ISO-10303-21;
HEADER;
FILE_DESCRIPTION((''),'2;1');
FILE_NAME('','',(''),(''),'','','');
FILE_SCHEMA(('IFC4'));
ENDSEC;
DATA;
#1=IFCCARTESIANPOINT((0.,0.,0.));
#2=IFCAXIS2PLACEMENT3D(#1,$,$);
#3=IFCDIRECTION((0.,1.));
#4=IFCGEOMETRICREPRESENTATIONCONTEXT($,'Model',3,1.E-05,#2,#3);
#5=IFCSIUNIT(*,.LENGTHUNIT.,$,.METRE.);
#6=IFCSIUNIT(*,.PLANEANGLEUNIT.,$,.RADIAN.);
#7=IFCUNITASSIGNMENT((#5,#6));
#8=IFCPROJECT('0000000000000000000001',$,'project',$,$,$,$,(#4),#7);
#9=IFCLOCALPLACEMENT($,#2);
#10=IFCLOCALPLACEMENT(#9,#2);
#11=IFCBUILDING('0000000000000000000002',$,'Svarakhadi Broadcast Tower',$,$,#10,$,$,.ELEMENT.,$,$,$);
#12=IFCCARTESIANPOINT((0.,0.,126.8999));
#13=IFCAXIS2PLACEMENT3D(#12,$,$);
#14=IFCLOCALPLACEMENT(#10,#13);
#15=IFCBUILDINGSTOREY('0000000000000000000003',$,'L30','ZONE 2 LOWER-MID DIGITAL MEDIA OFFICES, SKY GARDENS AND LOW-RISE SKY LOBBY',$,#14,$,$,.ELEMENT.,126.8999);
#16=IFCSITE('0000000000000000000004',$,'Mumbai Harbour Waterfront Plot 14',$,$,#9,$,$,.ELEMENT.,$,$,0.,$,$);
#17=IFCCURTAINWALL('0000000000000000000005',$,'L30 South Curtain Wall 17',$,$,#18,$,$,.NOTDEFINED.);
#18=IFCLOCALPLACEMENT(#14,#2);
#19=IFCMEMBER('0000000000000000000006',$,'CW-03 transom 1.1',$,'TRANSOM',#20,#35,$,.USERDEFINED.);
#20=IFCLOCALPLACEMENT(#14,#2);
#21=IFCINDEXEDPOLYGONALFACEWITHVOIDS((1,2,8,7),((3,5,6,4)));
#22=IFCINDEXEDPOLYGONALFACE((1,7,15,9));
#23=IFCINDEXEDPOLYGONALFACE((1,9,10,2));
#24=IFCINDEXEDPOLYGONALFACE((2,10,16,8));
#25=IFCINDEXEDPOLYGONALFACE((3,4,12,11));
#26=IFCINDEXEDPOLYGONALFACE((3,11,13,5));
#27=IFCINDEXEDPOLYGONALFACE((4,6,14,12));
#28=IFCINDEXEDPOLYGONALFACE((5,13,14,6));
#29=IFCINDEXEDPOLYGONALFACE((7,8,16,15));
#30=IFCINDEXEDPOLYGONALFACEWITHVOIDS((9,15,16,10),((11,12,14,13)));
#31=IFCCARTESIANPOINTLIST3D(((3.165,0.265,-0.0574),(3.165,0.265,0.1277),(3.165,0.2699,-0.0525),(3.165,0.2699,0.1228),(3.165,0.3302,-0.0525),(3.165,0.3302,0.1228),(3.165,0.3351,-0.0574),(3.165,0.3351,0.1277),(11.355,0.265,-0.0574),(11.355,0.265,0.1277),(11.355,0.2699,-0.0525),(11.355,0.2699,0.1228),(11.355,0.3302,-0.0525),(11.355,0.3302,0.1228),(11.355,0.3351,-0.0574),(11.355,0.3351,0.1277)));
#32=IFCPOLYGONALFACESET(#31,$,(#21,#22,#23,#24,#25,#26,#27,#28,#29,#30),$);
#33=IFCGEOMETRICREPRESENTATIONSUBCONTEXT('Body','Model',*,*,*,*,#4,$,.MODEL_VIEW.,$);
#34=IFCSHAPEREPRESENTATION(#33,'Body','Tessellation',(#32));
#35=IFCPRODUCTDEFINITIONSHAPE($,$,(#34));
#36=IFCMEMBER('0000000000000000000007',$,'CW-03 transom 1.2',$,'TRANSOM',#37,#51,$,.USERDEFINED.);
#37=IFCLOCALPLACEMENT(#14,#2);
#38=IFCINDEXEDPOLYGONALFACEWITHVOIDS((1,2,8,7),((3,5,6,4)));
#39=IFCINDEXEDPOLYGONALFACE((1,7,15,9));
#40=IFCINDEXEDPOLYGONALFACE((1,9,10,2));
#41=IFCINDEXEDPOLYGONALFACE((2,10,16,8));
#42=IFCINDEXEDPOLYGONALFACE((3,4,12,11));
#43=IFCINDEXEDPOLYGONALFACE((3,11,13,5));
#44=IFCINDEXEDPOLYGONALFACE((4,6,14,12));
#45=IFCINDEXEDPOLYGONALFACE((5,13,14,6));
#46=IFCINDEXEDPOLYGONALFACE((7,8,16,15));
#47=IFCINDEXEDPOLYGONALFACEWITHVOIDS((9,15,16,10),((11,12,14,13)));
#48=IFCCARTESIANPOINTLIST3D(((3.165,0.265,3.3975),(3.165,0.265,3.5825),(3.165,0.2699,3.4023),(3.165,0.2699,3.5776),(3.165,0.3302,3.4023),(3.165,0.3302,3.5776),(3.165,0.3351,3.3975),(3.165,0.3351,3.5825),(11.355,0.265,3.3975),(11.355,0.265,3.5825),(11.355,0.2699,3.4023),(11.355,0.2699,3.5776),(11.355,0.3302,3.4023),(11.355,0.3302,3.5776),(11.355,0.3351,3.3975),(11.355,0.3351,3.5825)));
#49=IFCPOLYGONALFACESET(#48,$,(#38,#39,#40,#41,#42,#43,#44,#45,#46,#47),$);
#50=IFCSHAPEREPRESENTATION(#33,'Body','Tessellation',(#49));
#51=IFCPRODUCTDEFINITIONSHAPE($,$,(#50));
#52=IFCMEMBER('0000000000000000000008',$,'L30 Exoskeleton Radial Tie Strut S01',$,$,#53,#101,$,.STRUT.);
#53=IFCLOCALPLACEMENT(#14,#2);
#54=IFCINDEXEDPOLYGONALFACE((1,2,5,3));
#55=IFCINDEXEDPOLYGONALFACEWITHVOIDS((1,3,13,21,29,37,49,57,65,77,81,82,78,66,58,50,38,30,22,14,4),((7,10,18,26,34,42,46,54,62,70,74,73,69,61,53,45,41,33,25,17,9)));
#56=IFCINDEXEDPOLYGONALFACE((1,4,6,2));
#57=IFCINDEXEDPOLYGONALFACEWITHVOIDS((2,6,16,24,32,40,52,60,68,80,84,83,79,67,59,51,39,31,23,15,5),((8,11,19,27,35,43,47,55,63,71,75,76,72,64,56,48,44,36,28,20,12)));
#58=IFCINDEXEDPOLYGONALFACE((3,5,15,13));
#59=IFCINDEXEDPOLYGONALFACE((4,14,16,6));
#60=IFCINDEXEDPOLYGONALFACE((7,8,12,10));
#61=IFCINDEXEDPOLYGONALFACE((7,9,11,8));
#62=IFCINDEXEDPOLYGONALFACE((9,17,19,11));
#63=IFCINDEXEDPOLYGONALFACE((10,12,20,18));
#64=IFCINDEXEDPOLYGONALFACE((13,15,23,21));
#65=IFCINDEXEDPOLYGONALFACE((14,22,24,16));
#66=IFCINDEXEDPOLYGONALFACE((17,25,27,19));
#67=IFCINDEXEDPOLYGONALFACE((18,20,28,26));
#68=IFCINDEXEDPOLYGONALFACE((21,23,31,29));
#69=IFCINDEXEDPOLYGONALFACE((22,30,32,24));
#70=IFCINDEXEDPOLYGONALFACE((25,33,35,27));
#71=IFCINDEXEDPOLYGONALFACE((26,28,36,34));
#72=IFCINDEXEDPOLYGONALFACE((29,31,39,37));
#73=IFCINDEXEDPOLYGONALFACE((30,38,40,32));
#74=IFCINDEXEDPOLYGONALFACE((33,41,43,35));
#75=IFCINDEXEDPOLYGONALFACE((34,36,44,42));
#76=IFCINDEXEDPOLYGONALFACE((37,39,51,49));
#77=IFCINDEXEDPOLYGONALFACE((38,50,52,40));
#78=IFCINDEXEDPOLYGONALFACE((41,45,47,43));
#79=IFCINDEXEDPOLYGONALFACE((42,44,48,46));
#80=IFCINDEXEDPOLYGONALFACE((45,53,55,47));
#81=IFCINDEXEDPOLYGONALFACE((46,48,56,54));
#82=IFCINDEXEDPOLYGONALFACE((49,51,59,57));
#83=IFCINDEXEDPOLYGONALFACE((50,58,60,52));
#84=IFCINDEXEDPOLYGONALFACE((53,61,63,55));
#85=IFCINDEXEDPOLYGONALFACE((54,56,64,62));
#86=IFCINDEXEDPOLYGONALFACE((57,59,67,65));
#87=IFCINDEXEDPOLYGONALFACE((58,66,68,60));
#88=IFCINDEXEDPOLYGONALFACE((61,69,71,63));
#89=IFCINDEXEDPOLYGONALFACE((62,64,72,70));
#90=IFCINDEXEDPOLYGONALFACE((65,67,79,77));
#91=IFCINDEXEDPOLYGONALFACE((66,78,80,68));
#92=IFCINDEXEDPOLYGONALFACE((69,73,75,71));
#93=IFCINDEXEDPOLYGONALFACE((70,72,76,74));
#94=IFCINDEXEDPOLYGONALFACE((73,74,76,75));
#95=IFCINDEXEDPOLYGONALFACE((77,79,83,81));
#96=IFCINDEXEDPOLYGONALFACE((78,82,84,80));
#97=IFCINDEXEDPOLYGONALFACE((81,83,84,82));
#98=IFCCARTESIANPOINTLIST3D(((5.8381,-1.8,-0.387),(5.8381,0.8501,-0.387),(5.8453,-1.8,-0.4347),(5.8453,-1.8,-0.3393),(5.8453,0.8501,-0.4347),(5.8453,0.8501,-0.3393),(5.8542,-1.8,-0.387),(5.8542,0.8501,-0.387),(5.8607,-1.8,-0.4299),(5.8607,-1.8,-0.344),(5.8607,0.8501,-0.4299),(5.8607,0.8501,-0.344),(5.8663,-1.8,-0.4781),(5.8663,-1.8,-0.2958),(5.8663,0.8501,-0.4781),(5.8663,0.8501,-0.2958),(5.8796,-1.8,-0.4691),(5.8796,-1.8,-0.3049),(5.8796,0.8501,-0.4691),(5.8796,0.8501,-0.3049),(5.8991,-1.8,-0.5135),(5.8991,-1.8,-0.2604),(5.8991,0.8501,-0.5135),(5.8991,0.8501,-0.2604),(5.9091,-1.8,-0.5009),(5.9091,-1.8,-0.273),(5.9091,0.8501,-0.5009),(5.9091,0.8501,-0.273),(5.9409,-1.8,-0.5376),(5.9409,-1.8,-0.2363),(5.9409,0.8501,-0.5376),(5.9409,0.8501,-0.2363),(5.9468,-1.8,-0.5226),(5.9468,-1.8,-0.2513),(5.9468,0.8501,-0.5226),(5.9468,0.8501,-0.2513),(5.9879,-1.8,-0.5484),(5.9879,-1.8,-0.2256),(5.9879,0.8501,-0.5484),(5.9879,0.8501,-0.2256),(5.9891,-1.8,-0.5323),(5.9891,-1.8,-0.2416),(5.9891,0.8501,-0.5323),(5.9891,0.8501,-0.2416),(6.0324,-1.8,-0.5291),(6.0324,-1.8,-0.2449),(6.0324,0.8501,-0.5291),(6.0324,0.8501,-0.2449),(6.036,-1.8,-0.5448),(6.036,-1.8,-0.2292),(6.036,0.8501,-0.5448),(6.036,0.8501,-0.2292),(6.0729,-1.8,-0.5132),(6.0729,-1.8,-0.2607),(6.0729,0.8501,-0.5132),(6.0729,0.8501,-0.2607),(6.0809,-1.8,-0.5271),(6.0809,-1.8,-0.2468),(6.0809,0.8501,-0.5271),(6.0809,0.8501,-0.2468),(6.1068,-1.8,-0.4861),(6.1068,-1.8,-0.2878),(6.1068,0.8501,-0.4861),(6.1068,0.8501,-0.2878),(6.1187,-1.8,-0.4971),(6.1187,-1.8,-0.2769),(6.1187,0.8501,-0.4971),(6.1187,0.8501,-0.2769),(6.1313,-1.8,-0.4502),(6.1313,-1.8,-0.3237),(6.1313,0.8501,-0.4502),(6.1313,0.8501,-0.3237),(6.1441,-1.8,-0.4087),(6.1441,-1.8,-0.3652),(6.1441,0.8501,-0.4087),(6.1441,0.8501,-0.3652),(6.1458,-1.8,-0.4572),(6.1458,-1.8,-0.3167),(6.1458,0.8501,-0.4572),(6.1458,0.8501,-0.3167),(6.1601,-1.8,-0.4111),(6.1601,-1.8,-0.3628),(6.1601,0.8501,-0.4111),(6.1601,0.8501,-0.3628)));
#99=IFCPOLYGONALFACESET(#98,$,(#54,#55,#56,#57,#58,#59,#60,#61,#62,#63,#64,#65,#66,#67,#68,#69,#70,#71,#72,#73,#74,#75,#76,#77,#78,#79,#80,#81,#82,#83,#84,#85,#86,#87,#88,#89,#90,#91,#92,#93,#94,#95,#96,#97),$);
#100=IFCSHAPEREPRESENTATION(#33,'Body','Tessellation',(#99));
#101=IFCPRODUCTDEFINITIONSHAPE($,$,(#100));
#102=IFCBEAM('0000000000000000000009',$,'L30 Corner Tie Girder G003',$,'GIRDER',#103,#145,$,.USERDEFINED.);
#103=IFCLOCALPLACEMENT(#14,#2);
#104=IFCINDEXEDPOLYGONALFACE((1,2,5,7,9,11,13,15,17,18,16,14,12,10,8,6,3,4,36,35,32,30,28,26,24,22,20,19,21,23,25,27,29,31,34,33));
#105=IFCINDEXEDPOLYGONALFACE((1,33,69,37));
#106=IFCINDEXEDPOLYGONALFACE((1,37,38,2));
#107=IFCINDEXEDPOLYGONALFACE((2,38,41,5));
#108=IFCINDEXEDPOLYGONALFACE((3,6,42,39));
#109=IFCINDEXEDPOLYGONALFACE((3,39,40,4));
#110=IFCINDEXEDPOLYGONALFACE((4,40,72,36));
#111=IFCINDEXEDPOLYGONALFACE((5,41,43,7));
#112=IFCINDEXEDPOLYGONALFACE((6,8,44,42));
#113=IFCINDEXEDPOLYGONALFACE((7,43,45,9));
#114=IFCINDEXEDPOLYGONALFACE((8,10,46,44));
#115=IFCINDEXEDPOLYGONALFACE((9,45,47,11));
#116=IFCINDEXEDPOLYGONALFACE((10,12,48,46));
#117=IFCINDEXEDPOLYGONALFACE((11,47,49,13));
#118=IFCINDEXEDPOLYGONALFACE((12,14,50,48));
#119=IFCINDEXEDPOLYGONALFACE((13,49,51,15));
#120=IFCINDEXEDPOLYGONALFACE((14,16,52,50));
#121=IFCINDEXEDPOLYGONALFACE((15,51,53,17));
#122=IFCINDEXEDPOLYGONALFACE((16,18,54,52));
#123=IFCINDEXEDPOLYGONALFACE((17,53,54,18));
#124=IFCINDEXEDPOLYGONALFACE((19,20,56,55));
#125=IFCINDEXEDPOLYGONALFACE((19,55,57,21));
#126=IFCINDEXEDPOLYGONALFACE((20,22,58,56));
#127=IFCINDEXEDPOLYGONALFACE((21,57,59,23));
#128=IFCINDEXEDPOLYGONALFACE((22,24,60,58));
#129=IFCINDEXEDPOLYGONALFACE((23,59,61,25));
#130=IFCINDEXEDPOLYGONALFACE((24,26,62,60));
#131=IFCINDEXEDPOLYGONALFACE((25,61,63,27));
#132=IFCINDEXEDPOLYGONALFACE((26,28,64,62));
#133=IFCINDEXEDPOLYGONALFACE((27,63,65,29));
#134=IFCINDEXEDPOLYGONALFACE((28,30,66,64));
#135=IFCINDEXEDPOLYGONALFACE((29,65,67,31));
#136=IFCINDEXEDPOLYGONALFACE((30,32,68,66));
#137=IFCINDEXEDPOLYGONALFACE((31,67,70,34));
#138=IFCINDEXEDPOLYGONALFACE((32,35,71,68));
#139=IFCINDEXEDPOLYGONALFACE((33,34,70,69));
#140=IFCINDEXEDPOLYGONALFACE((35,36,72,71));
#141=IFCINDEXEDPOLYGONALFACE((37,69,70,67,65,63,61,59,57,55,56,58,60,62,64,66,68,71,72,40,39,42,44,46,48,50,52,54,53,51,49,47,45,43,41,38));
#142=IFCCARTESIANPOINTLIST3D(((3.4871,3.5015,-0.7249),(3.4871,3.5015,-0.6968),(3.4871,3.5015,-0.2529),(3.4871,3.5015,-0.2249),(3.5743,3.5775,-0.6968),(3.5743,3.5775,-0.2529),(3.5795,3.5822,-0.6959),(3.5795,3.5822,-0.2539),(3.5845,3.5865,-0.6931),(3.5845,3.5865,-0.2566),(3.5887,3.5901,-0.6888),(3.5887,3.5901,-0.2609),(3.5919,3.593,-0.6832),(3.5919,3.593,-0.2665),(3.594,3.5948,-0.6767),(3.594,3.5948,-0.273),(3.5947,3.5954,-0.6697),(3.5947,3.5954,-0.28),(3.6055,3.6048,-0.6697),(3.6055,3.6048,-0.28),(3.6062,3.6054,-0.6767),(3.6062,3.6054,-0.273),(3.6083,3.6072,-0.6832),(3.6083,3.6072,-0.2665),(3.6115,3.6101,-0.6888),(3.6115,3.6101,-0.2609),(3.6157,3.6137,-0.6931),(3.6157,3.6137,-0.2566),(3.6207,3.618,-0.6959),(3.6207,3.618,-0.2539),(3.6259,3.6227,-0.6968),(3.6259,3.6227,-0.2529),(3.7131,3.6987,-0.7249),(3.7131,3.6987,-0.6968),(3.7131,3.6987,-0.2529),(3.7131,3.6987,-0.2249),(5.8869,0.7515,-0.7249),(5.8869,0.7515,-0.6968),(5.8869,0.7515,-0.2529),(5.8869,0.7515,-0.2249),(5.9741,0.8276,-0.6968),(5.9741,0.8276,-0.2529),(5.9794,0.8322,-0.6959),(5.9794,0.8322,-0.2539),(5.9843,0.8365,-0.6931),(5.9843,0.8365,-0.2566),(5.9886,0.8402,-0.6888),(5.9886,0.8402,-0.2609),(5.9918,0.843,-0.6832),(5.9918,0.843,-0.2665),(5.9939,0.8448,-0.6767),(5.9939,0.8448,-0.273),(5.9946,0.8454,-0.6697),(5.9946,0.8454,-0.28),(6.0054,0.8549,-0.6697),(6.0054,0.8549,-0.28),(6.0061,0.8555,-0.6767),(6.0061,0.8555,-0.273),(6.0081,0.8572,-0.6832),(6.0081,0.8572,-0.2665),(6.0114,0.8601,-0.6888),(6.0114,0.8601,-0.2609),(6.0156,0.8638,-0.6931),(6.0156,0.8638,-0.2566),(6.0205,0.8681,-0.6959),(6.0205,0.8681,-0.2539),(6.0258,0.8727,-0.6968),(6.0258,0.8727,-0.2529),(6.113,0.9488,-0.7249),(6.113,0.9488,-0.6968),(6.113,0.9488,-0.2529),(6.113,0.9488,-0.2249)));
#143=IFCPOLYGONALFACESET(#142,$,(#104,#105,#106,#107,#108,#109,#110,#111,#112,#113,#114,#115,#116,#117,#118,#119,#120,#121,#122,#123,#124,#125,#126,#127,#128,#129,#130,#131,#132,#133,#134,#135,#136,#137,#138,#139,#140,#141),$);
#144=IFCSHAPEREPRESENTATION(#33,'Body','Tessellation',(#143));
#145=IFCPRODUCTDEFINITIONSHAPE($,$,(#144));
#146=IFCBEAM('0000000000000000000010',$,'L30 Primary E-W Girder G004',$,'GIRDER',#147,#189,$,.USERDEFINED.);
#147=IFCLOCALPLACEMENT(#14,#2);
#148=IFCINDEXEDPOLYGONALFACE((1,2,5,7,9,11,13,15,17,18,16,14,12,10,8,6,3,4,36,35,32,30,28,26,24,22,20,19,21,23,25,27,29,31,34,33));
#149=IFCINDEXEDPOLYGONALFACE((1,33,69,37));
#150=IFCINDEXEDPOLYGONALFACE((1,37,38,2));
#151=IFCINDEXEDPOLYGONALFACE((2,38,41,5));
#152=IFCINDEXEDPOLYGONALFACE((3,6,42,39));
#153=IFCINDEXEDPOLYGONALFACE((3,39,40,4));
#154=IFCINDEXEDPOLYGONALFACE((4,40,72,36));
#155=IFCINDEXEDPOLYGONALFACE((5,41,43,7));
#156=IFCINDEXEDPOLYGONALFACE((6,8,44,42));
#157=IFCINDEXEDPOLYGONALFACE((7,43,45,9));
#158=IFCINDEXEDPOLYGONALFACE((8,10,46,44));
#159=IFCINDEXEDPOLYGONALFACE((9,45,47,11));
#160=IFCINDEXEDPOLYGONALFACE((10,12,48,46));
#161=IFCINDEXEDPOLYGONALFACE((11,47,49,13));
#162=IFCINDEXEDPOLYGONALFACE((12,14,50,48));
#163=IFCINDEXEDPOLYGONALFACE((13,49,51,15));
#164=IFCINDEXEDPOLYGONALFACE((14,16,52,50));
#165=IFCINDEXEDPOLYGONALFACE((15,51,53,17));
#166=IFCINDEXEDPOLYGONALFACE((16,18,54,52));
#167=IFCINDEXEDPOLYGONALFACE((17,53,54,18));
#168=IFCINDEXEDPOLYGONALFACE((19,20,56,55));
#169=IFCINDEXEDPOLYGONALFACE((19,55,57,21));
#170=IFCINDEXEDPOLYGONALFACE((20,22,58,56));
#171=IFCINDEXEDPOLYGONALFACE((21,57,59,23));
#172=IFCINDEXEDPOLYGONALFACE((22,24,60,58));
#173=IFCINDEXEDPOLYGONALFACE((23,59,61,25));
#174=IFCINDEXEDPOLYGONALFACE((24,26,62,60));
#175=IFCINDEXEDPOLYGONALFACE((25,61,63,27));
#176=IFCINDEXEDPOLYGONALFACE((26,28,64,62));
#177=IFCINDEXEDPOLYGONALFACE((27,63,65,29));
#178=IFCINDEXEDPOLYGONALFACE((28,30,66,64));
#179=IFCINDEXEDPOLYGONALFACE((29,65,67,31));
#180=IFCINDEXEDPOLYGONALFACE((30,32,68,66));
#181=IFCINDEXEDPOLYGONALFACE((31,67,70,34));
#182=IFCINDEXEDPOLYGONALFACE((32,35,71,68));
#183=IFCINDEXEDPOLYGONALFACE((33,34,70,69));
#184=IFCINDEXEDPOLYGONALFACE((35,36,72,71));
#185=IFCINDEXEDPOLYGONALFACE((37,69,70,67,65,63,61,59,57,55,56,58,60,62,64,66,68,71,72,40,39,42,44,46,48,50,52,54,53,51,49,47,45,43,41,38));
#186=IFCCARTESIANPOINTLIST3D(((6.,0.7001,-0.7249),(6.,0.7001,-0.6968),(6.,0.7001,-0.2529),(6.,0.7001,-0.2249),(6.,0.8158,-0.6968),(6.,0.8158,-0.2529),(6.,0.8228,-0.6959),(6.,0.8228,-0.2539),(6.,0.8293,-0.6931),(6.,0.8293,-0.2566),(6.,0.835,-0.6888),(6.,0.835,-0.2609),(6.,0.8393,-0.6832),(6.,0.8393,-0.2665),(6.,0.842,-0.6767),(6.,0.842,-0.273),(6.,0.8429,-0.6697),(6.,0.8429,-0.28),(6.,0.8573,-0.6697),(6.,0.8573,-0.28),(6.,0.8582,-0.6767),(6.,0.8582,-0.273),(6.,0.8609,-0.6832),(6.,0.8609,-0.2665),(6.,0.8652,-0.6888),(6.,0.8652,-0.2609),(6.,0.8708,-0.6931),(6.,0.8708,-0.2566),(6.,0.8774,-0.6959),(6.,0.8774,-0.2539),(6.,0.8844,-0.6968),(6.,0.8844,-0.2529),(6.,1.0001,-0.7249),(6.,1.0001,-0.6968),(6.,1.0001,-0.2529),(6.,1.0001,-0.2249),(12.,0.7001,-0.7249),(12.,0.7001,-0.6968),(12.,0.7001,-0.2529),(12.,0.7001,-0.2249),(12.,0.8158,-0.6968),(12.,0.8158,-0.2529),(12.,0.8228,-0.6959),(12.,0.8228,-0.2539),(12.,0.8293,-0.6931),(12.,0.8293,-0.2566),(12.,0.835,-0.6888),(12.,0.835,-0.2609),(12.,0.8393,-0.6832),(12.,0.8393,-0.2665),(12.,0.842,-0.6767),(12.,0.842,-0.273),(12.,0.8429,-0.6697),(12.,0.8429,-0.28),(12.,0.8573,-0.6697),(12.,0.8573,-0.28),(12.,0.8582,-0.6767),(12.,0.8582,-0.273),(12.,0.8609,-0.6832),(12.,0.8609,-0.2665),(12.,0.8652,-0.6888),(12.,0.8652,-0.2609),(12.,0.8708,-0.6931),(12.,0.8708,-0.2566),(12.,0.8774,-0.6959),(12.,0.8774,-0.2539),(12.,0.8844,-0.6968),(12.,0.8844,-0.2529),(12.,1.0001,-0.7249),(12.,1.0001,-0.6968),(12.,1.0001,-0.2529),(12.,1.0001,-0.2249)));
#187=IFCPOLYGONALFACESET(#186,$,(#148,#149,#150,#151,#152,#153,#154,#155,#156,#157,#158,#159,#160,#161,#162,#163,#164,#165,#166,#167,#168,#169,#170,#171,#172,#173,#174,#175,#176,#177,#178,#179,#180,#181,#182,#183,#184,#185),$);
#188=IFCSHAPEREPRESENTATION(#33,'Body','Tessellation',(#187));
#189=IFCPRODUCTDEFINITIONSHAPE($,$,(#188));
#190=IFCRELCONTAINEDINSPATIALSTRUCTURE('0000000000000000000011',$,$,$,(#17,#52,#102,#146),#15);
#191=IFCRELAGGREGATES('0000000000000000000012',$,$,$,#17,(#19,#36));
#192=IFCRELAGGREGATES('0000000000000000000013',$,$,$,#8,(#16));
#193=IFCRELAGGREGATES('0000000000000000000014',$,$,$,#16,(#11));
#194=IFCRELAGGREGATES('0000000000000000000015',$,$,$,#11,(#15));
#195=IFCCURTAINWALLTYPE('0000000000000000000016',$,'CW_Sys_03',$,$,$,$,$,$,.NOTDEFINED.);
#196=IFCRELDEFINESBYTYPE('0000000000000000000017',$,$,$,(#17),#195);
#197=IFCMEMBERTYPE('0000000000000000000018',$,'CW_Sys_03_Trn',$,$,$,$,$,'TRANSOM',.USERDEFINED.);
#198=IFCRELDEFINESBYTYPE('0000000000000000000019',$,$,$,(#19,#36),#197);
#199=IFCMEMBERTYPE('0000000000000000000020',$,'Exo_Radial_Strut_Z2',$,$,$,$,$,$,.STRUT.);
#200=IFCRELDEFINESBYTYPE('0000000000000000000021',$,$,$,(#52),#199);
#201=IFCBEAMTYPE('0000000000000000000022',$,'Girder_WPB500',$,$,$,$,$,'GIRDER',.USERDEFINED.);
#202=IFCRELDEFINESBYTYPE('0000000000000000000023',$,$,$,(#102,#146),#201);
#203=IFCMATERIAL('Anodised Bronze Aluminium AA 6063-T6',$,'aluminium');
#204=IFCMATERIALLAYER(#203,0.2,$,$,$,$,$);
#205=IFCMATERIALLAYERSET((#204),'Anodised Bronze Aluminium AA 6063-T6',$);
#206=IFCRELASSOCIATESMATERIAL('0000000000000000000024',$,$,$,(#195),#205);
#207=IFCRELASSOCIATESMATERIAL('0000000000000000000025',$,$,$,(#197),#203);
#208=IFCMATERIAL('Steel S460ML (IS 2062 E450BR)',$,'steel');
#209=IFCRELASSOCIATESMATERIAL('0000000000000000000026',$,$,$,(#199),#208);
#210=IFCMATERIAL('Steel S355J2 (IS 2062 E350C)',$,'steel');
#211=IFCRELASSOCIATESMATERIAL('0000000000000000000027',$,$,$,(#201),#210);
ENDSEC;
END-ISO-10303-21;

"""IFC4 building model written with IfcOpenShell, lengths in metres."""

from ifc_helpers import new_model, si_unit, direction, frame, origin, origin_2d, place, context, subcontext, project, spatial, hollow_rectangle, hollow_circle, i_section, extrude, material, layer, layer_set, material_profile, profile_set, type_object, element, aggregate, save


model = new_model("IFC4")

# Units and contexts
model_context = context("Model", 3, precision=1e-05, world=origin(), true_north=direction((0.0, 1.0)))
body_context = subcontext(model_context, "Body", "Model", "MODEL_VIEW")
ifc_project = project(units=[si_unit("LENGTHUNIT", "METRE"), si_unit("PLANEANGLEUNIT", "RADIAN")], contexts=[model_context])

# Site, building, storey
site_placement = place(None, origin())
site = spatial("IfcSite", under=ifc_project, at=site_placement, Name="Mumbai Harbour Waterfront Plot 14", CompositionType="ELEMENT", RefElevation=0.0)
building_placement = place(site_placement, origin())
building = spatial("IfcBuilding", under=site, at=building_placement, Name="Svarakhadi Broadcast Tower", CompositionType="ELEMENT")
storey_placement = place(building_placement, frame((0.0, 0.0, 126.8999)))
storey = spatial("IfcBuildingStorey", under=building, at=storey_placement, Name="L30", Description="ZONE 2 LOWER-MID DIGITAL MEDIA OFFICES, SKY GARDENS AND LOW-RISE SKY LOBBY", CompositionType="ELEMENT", Elevation=126.8999)

# Shared definitions
ifc_material_1 = material(Name="Steel S460ML (IS 2062 E450BR)", Category="steel")

# Shared definitions
ifc_material_2 = material(Name="Steel S355J2 (IS 2062 E350C)", Category="steel")

# Curtain wall, members
ifc_material_3 = material(Name="Anodised Bronze Aluminium AA 6063-T6", Category="aluminium")
ifc_layer_1 = layer(ifc_material_3, 0.2)
ifc_layer_set_1 = layer_set([ifc_layer_1], Name="Anodised Bronze Aluminium AA 6063-T6")
curtain_wall_type = type_object("IfcCurtainWallType", Name="CW_Sys_03", PredefinedType="NOTDEFINED", material=ifc_layer_set_1)
curtain_wall_placement = place(storey_placement, origin())
curtain_wall = element("IfcCurtainWall", 1, at=curtain_wall_placement, inside=storey, type_object=curtain_wall_type, Name="L30 South Curtain Wall 17", PredefinedType="NOTDEFINED")
ifc_material_profile_1 = material_profile(ifc_material_3, hollow_rectangle(XDim=0.0701, YDim=0.1851, WallThickness=0.0049, at=origin_2d()), Name="ALU TRANSOM 185x70x5")
ifc_profile_set_1 = profile_set([ifc_material_profile_1], Name="Anodised Bronze Aluminium AA 6063-T6")
member_type_1 = type_object("IfcMemberType", Name="CW_Sys_03_Trn", ElementType="TRANSOM", PredefinedType="USERDEFINED", material=ifc_profile_set_1)
member_1_placement = place(storey_placement, frame((11.355, 0.3, 0.0352), z_axis=(-1.0, 0.0, 0.0), x_axis=(0.0, -1.0, 0.0)))
member_1 = element("IfcMember", 2, at=member_1_placement, type_object=member_type_1, Name="CW-03 transom 1.1", ObjectType="TRANSOM", PredefinedType="USERDEFINED", context=body_context, shape_type="SweptSolid", body=[
    extrude(hollow_rectangle(XDim=0.0701, YDim=0.1851, WallThickness=0.0049, at=origin_2d()), origin(), (0.0, 0.0, 1.0), 8.1899),
])
member_2_placement = place(storey_placement, frame((11.355, 0.3, 3.49), z_axis=(-1.0, 0.0, 0.0), x_axis=(0.0, -1.0, 0.0)))
member_2 = element("IfcMember", 3, at=member_2_placement, type_object=member_type_1, Name="CW-03 transom 1.2", ObjectType="TRANSOM", PredefinedType="USERDEFINED", context=body_context, shape_type="SweptSolid", body=[
    extrude(hollow_rectangle(XDim=0.0701, YDim=0.1851, WallThickness=0.0049, at=origin_2d()), origin(), (0.0, 0.0, 1.0), 8.1899),
])

# Member
ifc_material_profile_2 = material_profile(ifc_material_1, hollow_circle(Radius=0.1619, WallThickness=0.0161, at=origin_2d()), Name="CHS 323.9x16")
ifc_profile_set_2 = profile_set([ifc_material_profile_2], Name="Steel S460ML (IS 2062 E450BR)")
member_type_2 = type_object("IfcMemberType", Name="Exo_Radial_Strut_Z2", PredefinedType="STRUT", material=ifc_profile_set_2)
member_3_placement = place(storey_placement, frame((6.0, -1.8, -0.387), z_axis=(0.0, 1.0, 0.0), x_axis=(-1.0, 0.0, 0.0)))
element("IfcMember", 4, at=member_3_placement, inside=storey, type_object=member_type_2, Name="L30 Exoskeleton Radial Tie Strut S01", PredefinedType="STRUT", context=body_context, shape_type="SweptSolid", body=[
    extrude(hollow_circle(Radius=0.1619, WallThickness=0.0161, at=origin_2d()), origin(), (0.0, 0.0, 1.0), 2.6501),
])

# Beams
ifc_material_profile_3 = material_profile(ifc_material_2, i_section(OverallWidth=0.3, OverallDepth=0.5, WebThickness=0.0144, FlangeThickness=0.0281, FilletRadius=0.0271, at=origin_2d()), Name="WPB 500x300x187")
ifc_profile_set_3 = profile_set([ifc_material_profile_3], Name="Steel S355J2 (IS 2062 E350C)")
beam_type_1 = type_object("IfcBeamType", Name="Girder_WPB500", ElementType="GIRDER", PredefinedType="USERDEFINED", material=ifc_profile_set_3)
beam_1_placement = place(storey_placement, frame((3.6001, 3.6001, -0.4749), z_axis=(0.657519, -0.753438, 0.0), x_axis=(0.753438, 0.657519, 0.0)))
element("IfcBeam", 5, at=beam_1_placement, inside=storey, type_object=beam_type_1, Name="L30 Corner Tie Girder G003", ObjectType="GIRDER", PredefinedType="USERDEFINED", context=body_context, shape_type="SweptSolid", body=[
    extrude(i_section(OverallWidth=0.3, OverallDepth=0.5, WebThickness=0.0144, FlangeThickness=0.0281, FilletRadius=0.0271, at=origin_2d()), origin(), (0.0, 0.0, 1.0), 3.6499),
])
for number, where, z_axis, x_axis, name in (
    (6, (6.0, 0.8501, -0.4749), (1.0, 0.0, 0.0), (0.0, 1.0, 0.0), "L30 Primary E-W Girder G004"),
):
    element("IfcBeam", number, at=place(storey_placement, frame(where, z_axis=z_axis, x_axis=x_axis)), inside=storey, type_object=beam_type_1, Name=name, ObjectType="GIRDER", PredefinedType="USERDEFINED", context=body_context, shape_type="SweptSolid", body=[
        extrude(i_section(OverallWidth=0.3, OverallDepth=0.5, WebThickness=0.0144, FlangeThickness=0.0281, FilletRadius=0.0271, at=origin_2d()), origin(), (0.0, 0.0, 1.0), 6.0),
    ])

aggregate(curtain_wall, [member_1, member_2])

save(model, "model.ifc")
